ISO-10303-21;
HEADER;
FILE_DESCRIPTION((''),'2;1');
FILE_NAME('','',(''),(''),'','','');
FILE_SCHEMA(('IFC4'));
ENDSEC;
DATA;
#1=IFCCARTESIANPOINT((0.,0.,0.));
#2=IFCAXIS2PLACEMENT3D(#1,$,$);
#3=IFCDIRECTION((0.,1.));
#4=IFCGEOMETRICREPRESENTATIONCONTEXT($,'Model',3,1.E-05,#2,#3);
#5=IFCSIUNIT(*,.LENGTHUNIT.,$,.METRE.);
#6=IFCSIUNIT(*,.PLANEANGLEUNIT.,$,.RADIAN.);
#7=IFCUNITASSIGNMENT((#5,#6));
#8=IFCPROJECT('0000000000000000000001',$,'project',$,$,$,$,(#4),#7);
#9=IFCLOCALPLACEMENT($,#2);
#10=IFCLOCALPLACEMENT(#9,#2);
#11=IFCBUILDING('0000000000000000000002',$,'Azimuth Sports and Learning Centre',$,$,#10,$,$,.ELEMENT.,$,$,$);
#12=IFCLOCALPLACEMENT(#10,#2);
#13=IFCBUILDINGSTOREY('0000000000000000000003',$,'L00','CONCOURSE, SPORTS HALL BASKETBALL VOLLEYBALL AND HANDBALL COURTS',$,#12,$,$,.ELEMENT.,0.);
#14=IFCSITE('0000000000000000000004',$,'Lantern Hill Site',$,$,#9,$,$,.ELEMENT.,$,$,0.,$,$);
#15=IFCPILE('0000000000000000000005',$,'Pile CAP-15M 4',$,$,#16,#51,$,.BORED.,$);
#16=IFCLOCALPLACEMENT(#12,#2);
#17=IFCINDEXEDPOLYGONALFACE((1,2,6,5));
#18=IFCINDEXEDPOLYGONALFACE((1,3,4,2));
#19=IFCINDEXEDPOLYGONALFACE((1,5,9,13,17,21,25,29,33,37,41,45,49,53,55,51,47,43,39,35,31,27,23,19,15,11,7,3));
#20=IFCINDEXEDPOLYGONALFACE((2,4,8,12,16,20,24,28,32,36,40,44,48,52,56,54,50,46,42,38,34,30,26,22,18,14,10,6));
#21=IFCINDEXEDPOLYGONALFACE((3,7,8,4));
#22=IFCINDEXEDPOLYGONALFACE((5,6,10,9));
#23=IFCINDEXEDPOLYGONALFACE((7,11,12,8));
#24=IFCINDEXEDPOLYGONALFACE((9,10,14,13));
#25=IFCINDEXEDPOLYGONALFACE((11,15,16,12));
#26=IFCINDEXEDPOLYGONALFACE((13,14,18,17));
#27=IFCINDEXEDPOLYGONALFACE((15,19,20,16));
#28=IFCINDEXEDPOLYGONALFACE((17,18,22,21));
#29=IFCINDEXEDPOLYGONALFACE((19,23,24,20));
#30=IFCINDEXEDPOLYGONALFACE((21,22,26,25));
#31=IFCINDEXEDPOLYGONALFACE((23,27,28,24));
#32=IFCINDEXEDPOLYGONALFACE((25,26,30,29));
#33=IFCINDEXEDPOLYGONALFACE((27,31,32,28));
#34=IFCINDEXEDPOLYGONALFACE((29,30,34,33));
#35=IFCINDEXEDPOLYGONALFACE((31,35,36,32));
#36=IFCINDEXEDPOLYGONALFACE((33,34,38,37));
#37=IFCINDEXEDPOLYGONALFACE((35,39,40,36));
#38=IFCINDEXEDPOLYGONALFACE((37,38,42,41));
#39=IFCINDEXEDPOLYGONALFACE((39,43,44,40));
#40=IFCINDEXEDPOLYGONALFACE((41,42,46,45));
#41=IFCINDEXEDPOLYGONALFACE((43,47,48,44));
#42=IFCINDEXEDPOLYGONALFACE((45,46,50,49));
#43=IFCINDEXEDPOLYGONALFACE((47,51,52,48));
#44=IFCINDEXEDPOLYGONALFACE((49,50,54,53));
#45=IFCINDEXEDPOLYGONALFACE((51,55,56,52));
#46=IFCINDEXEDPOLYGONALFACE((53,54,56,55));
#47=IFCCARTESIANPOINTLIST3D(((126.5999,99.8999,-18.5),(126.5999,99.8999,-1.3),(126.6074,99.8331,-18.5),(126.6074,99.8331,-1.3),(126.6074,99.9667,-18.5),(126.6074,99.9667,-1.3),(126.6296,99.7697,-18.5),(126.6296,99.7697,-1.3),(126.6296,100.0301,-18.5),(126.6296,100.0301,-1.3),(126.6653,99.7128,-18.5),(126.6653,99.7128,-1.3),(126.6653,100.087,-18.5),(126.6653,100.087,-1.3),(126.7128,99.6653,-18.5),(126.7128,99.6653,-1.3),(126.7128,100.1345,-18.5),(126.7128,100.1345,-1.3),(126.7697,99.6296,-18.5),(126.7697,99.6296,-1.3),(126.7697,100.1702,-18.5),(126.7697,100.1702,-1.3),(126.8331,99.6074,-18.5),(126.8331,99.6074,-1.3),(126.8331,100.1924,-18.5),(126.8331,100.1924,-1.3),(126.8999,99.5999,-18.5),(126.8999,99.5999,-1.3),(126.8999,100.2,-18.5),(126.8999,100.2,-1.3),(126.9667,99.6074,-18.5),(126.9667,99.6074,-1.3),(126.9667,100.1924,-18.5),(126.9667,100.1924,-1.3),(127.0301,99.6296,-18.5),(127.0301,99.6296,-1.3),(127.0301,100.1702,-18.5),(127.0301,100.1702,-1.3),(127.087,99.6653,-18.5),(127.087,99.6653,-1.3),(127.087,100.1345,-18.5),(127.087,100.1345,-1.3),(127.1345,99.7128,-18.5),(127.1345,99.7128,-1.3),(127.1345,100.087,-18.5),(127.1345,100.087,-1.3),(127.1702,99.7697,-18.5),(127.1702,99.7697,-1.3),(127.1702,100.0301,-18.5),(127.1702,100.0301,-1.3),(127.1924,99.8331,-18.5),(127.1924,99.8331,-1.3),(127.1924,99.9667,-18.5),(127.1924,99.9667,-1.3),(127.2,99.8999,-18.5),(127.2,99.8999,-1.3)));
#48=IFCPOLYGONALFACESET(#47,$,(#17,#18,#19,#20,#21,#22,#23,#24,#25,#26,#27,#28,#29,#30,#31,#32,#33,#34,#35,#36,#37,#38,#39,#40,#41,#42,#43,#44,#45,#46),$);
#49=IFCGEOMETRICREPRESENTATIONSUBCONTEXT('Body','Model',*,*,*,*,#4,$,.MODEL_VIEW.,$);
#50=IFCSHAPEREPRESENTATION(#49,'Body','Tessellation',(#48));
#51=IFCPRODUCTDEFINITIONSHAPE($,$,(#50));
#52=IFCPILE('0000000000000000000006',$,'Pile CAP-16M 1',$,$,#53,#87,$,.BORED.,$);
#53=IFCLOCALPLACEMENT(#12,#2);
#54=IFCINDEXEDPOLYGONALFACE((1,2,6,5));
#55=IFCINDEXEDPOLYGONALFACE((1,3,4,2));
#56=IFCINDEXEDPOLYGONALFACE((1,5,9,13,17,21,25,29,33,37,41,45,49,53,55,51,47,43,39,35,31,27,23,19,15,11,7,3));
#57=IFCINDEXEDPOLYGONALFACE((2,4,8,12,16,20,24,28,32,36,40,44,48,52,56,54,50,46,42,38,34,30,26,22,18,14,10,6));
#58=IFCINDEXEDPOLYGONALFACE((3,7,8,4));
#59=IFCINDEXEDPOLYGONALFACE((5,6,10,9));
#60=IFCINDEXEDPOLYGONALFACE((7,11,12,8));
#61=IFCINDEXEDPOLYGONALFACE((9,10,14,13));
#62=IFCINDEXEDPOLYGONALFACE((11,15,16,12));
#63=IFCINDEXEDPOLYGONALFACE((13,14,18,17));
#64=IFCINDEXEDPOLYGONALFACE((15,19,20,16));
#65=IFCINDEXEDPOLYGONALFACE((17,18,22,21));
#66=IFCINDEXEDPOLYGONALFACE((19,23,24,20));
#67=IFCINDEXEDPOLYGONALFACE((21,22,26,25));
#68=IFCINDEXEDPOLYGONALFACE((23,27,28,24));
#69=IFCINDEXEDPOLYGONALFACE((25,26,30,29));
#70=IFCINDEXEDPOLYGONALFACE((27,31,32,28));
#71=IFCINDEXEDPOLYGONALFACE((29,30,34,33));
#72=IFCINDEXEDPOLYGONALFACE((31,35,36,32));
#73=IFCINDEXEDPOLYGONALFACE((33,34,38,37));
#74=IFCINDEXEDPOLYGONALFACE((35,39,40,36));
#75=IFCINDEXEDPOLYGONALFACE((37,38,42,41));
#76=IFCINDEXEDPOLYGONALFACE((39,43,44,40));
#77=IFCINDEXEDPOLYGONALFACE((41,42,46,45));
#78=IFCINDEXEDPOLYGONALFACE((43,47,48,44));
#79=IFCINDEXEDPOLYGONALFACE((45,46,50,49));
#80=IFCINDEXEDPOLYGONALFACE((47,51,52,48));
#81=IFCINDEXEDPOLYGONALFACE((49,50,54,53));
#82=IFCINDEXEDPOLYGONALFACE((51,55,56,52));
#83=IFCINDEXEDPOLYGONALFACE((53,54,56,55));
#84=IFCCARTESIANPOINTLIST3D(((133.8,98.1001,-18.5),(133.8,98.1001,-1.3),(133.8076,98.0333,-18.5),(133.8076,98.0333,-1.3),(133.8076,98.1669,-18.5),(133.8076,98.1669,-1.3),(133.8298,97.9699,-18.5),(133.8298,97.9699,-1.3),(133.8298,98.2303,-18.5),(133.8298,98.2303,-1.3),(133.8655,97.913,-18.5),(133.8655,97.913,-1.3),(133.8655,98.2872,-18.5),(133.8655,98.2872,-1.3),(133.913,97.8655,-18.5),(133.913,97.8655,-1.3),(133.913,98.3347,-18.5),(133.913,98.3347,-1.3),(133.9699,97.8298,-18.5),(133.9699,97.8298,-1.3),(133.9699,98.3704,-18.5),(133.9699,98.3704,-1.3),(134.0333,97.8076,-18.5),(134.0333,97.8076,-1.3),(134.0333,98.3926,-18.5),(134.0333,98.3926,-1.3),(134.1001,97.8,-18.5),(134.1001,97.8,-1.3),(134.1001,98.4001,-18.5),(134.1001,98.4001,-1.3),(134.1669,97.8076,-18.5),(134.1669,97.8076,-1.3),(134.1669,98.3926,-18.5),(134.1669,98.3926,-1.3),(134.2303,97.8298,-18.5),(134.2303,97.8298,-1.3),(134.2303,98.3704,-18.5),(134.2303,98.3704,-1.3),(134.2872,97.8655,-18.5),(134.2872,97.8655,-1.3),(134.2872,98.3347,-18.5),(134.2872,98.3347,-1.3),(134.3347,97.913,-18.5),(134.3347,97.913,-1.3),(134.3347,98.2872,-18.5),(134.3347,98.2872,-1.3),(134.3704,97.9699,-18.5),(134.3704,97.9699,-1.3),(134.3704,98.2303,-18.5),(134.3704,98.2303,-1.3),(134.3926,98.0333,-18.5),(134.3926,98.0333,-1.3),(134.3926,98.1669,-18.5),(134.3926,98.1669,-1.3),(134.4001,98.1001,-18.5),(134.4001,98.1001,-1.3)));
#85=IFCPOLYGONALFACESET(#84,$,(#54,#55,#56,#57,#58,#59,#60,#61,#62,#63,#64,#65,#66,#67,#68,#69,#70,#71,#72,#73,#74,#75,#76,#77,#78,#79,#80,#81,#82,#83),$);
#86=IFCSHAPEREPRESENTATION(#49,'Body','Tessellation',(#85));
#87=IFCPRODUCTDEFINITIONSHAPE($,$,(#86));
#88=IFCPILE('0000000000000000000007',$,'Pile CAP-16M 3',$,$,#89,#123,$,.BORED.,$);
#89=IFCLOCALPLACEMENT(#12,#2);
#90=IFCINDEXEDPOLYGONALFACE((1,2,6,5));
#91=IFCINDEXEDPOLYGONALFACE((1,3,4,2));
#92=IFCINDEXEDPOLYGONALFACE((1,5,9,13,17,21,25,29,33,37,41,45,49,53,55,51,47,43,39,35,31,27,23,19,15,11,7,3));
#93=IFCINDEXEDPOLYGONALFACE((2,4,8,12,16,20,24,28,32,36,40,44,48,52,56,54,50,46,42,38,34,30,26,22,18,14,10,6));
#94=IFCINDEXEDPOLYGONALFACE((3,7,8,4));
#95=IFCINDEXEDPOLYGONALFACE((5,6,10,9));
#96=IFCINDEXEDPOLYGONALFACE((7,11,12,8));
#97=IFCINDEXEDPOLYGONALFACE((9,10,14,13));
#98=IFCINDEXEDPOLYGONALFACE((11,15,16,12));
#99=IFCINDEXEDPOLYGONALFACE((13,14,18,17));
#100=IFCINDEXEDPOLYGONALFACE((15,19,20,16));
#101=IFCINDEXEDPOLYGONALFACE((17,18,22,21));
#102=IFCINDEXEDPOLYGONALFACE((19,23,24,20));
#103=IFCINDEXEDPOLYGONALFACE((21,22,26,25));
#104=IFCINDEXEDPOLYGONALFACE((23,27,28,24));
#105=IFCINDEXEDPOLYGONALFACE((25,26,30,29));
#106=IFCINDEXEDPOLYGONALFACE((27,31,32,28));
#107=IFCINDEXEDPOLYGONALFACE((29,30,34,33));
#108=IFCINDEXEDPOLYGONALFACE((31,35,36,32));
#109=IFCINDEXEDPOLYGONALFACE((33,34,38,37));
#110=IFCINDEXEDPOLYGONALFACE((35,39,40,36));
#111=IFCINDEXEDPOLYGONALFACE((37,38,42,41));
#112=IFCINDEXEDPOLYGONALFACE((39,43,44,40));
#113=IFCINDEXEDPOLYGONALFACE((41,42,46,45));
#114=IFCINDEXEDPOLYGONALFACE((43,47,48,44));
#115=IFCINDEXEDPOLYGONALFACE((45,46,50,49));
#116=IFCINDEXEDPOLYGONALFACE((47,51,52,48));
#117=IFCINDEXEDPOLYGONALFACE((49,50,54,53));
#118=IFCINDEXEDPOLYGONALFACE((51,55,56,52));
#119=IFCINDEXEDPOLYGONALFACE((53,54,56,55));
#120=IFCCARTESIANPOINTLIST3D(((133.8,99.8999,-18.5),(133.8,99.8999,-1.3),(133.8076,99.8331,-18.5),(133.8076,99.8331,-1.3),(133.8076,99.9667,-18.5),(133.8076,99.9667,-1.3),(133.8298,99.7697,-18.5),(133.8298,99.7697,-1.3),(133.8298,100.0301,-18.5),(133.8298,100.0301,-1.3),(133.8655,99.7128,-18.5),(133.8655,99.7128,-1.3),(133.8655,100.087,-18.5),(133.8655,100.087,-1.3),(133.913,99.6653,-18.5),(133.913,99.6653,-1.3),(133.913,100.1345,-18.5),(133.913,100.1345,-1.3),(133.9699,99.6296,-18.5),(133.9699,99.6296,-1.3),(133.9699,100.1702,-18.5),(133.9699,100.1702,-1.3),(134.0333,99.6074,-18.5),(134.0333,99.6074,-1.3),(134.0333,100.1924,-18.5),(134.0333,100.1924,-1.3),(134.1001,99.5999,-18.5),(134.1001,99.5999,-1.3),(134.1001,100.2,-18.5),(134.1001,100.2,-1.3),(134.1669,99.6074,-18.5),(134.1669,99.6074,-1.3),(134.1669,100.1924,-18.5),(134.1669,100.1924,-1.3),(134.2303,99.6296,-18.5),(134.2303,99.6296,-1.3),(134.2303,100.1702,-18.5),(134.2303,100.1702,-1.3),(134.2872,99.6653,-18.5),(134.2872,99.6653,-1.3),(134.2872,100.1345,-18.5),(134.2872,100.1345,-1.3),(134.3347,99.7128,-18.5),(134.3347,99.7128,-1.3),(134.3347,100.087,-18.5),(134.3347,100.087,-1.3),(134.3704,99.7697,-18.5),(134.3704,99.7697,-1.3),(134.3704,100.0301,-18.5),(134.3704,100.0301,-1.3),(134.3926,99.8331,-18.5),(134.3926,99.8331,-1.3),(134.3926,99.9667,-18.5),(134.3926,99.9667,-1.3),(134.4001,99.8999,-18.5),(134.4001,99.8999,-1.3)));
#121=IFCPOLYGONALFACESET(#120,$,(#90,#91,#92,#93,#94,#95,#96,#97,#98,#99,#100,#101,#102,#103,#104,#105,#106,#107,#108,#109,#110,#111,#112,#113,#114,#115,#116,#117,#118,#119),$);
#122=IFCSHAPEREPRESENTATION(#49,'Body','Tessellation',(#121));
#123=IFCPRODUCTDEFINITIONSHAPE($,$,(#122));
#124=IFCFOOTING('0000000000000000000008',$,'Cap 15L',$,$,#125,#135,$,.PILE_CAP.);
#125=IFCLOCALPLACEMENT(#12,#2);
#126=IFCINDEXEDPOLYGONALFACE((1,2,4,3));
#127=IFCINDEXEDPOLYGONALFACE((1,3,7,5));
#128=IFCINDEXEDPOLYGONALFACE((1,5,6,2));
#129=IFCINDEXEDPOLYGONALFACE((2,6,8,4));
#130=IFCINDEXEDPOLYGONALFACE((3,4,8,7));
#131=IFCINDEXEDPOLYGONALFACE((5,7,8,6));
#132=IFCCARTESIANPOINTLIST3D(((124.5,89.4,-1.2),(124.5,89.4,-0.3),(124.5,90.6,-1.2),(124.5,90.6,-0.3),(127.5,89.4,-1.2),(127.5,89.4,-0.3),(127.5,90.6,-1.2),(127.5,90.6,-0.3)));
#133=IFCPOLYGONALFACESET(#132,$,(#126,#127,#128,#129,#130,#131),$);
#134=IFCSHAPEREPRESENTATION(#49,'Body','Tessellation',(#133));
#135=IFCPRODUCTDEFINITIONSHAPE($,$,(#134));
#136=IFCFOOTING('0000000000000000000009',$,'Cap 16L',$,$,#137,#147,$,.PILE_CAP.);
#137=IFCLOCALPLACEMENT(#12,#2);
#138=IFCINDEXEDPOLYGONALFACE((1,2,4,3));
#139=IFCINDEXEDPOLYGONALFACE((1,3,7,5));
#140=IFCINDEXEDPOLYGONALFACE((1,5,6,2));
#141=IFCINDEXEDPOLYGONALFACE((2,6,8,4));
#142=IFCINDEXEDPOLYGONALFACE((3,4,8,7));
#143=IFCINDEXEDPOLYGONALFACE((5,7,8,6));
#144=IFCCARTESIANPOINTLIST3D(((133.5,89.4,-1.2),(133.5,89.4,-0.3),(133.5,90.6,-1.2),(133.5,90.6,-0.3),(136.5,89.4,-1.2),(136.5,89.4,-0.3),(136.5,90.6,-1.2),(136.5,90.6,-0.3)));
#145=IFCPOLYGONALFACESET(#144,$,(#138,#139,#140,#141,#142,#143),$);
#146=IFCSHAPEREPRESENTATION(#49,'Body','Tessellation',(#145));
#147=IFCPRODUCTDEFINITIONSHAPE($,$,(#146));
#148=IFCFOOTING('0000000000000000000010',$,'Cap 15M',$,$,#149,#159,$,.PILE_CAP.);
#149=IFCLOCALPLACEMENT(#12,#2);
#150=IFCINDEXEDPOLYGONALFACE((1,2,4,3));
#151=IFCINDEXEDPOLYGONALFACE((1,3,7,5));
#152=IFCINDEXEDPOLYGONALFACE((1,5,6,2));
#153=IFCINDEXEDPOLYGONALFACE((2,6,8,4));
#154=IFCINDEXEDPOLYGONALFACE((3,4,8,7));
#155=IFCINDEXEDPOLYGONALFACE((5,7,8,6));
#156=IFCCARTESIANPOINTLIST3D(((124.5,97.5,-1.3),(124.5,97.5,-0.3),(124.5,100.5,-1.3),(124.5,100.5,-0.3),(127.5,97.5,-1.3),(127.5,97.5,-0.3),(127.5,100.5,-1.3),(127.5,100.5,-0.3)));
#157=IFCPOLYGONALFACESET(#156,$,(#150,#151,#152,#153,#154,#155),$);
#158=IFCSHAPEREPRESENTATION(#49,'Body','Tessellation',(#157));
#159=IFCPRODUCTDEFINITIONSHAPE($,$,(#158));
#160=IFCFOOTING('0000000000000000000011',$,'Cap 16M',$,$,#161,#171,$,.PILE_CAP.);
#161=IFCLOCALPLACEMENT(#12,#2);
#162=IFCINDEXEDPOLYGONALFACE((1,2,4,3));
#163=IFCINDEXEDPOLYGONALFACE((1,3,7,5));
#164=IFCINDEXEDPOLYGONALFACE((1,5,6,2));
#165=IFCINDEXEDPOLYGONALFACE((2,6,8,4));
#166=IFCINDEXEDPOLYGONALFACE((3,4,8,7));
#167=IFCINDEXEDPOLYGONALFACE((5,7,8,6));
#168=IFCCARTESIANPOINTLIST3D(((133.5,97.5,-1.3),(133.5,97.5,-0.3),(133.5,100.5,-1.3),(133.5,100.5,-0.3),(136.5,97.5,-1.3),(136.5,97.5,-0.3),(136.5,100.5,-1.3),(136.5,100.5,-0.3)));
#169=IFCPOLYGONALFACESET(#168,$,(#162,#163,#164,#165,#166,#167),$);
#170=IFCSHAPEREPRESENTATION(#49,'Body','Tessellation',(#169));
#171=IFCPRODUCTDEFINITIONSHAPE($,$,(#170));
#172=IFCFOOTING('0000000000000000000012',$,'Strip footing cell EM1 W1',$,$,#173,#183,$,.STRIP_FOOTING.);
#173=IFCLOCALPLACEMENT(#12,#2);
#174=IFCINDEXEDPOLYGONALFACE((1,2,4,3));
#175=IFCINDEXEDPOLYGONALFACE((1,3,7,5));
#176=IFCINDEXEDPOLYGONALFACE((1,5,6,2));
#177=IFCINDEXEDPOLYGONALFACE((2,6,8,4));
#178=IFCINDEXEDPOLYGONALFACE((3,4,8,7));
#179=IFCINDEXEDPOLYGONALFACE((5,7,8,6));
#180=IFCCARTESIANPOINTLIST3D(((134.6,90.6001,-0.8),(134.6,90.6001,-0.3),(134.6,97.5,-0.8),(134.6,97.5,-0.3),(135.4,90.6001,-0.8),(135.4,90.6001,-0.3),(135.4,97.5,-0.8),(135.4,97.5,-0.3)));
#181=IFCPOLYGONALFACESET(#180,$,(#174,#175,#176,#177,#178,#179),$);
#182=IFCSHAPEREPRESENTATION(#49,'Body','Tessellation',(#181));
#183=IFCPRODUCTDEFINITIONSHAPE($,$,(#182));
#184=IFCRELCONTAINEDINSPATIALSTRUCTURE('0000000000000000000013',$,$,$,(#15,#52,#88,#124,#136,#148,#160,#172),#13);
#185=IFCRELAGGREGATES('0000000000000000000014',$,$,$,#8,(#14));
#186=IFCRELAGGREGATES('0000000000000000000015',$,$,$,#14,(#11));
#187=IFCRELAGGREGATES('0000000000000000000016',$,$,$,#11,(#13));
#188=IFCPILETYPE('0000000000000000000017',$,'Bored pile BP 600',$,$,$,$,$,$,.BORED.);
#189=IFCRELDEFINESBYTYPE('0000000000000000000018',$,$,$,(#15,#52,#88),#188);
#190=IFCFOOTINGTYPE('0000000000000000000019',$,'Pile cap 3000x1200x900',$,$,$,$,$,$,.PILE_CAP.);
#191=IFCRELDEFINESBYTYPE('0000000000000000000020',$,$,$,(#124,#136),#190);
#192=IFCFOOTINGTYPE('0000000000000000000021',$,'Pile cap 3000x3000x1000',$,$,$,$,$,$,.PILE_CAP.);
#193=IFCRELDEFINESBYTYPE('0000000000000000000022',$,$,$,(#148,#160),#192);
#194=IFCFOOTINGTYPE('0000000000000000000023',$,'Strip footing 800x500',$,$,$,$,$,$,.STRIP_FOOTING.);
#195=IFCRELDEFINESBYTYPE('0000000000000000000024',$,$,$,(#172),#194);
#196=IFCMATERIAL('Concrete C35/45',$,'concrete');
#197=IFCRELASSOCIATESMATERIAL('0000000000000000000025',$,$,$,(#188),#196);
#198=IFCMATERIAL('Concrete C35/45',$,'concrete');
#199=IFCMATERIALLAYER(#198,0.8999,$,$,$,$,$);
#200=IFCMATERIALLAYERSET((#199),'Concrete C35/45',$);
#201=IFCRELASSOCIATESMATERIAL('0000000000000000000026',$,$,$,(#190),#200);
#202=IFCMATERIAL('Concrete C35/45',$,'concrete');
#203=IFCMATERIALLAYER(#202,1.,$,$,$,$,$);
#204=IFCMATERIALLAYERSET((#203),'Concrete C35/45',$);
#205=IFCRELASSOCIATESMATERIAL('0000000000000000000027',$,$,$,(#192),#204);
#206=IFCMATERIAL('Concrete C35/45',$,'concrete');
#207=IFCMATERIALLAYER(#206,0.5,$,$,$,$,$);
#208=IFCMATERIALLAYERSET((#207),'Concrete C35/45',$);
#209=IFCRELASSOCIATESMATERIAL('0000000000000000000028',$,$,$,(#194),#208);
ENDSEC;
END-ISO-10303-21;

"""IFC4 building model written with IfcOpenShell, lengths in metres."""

from ifc_helpers import new_model, si_unit, direction, frame, origin, origin_2d, place, context, subcontext, project, spatial, rectangle, circle, extrude, material, layer, layer_set, material_profile, profile_set, type_object, element, save


model = new_model("IFC4")

# Units and contexts
model_context = context("Model", 3, precision=1e-05, world=origin(), true_north=direction((0.0, 1.0)))
body_context = subcontext(model_context, "Body", "Model", "MODEL_VIEW")
ifc_project = project(units=[si_unit("LENGTHUNIT", "METRE"), si_unit("PLANEANGLEUNIT", "RADIAN")], contexts=[model_context])

# Site, building, storey
site_placement = place(None, origin())
site = spatial("IfcSite", under=ifc_project, at=site_placement, Name="Lantern Hill Site", CompositionType="ELEMENT", RefElevation=0.0)
building_placement = place(site_placement, origin())
building = spatial("IfcBuilding", under=site, at=building_placement, Name="Azimuth Sports and Learning Centre", CompositionType="ELEMENT")
storey_placement = place(building_placement, origin())
storey = spatial("IfcBuildingStorey", under=building, at=storey_placement, Name="L00", Description="CONCOURSE, SPORTS HALL BASKETBALL VOLLEYBALL AND HANDBALL COURTS", CompositionType="ELEMENT", Elevation=0.0)

# Piles
ifc_material_1 = material(Name="Concrete C35/45", Category="concrete")
ifc_material_profile_1 = material_profile(ifc_material_1, circle(Radius=0.3, at=origin_2d()), Name="BP 600")
ifc_profile_set_1 = profile_set([ifc_material_profile_1], Name="Concrete C35/45")
pile_type = type_object("IfcPileType", Name="Bored pile BP 600", PredefinedType="BORED", material=ifc_profile_set_1)
for number, where, z_axis, x_axis, name in (
    (1, (126.8999, 99.8999, -1.3), (0.0, 0.0, -1.0), (1.0, 0.0, 0.0), "Pile CAP-15M 4"),
    (2, (134.1001, 98.1001, -1.3), (0.0, 0.0, -1.0), (1.0, 0.0, 0.0), "Pile CAP-16M 1"),
    (3, (134.1001, 99.8999, -1.3), (0.0, 0.0, -1.0), (1.0, 0.0, 0.0), "Pile CAP-16M 3"),
):
    element("IfcPile", number, at=place(storey_placement, frame(where, z_axis=z_axis, x_axis=x_axis)), inside=storey, type_object=pile_type, Name=name, PredefinedType="BORED", context=body_context, shape_type="SweptSolid", body=[
        extrude(circle(Radius=0.3, at=origin_2d()), origin(), (0.0, 0.0, 1.0), 17.2),
    ])

# Footings
ifc_material_2 = material(Name="Concrete C35/45", Category="concrete")
ifc_layer_1 = layer(ifc_material_2, 0.8999)
ifc_layer_set_1 = layer_set([ifc_layer_1], Name="Concrete C35/45")
footing_type_1 = type_object("IfcFootingType", Name="Pile cap 3000x1200x900", PredefinedType="PILE_CAP", material=ifc_layer_set_1)
for number, where, z_axis, x_axis, name in (
    (4, (126.0, 90.0, -1.2), (0.0, 0.0, 1.0), (1.0, 0.0, 0.0), "Cap 15L"),
    (5, (135.0, 90.0, -1.2), (0.0, 0.0, 1.0), (1.0, 0.0, 0.0), "Cap 16L"),
):
    element("IfcFooting", number, at=place(storey_placement, frame(where, z_axis=z_axis, x_axis=x_axis)), inside=storey, type_object=footing_type_1, Name=name, PredefinedType="PILE_CAP", context=body_context, shape_type="SweptSolid", body=[
        extrude(rectangle(XDim=3.0, YDim=1.2, at=origin_2d()), origin(), (0.0, 0.0, 1.0), 0.8999),
    ])
ifc_material_3 = material(Name="Concrete C35/45", Category="concrete")
ifc_layer_2 = layer(ifc_material_3, 1.0)
ifc_layer_set_2 = layer_set([ifc_layer_2], Name="Concrete C35/45")
footing_type_2 = type_object("IfcFootingType", Name="Pile cap 3000x3000x1000", PredefinedType="PILE_CAP", material=ifc_layer_set_2)
for number, where, z_axis, x_axis, name in (
    (6, (126.0, 99.0, -1.3), (0.0, 0.0, 1.0), (1.0, 0.0, 0.0), "Cap 15M"),
    (7, (135.0, 99.0, -1.3), (0.0, 0.0, 1.0), (1.0, 0.0, 0.0), "Cap 16M"),
):
    element("IfcFooting", number, at=place(storey_placement, frame(where, z_axis=z_axis, x_axis=x_axis)), inside=storey, type_object=footing_type_2, Name=name, PredefinedType="PILE_CAP", context=body_context, shape_type="SweptSolid", body=[
        extrude(rectangle(XDim=3.0, YDim=3.0, at=origin_2d()), origin(), (0.0, 0.0, 1.0), 1.0),
    ])
ifc_material_4 = material(Name="Concrete C35/45", Category="concrete")
ifc_layer_3 = layer(ifc_material_4, 0.5)
ifc_layer_set_3 = layer_set([ifc_layer_3], Name="Concrete C35/45")
footing_type_3 = type_object("IfcFootingType", Name="Strip footing 800x500", PredefinedType="STRIP_FOOTING", material=ifc_layer_set_3)
footing_placement = place(storey_placement, frame((135.0, 94.05, -0.8), z_axis=(0.0, 0.0, 1.0), x_axis=(1.0, 0.0, 0.0)))
element("IfcFooting", 8, at=footing_placement, inside=storey, type_object=footing_type_3, Name="Strip footing cell EM1 W1", PredefinedType="STRIP_FOOTING", context=body_context, shape_type="SweptSolid", body=[
    extrude(rectangle(XDim=0.8, YDim=6.8999, at=origin_2d()), origin(), (0.0, 0.0, 1.0), 0.5),
])

save(model, "model.ifc")
